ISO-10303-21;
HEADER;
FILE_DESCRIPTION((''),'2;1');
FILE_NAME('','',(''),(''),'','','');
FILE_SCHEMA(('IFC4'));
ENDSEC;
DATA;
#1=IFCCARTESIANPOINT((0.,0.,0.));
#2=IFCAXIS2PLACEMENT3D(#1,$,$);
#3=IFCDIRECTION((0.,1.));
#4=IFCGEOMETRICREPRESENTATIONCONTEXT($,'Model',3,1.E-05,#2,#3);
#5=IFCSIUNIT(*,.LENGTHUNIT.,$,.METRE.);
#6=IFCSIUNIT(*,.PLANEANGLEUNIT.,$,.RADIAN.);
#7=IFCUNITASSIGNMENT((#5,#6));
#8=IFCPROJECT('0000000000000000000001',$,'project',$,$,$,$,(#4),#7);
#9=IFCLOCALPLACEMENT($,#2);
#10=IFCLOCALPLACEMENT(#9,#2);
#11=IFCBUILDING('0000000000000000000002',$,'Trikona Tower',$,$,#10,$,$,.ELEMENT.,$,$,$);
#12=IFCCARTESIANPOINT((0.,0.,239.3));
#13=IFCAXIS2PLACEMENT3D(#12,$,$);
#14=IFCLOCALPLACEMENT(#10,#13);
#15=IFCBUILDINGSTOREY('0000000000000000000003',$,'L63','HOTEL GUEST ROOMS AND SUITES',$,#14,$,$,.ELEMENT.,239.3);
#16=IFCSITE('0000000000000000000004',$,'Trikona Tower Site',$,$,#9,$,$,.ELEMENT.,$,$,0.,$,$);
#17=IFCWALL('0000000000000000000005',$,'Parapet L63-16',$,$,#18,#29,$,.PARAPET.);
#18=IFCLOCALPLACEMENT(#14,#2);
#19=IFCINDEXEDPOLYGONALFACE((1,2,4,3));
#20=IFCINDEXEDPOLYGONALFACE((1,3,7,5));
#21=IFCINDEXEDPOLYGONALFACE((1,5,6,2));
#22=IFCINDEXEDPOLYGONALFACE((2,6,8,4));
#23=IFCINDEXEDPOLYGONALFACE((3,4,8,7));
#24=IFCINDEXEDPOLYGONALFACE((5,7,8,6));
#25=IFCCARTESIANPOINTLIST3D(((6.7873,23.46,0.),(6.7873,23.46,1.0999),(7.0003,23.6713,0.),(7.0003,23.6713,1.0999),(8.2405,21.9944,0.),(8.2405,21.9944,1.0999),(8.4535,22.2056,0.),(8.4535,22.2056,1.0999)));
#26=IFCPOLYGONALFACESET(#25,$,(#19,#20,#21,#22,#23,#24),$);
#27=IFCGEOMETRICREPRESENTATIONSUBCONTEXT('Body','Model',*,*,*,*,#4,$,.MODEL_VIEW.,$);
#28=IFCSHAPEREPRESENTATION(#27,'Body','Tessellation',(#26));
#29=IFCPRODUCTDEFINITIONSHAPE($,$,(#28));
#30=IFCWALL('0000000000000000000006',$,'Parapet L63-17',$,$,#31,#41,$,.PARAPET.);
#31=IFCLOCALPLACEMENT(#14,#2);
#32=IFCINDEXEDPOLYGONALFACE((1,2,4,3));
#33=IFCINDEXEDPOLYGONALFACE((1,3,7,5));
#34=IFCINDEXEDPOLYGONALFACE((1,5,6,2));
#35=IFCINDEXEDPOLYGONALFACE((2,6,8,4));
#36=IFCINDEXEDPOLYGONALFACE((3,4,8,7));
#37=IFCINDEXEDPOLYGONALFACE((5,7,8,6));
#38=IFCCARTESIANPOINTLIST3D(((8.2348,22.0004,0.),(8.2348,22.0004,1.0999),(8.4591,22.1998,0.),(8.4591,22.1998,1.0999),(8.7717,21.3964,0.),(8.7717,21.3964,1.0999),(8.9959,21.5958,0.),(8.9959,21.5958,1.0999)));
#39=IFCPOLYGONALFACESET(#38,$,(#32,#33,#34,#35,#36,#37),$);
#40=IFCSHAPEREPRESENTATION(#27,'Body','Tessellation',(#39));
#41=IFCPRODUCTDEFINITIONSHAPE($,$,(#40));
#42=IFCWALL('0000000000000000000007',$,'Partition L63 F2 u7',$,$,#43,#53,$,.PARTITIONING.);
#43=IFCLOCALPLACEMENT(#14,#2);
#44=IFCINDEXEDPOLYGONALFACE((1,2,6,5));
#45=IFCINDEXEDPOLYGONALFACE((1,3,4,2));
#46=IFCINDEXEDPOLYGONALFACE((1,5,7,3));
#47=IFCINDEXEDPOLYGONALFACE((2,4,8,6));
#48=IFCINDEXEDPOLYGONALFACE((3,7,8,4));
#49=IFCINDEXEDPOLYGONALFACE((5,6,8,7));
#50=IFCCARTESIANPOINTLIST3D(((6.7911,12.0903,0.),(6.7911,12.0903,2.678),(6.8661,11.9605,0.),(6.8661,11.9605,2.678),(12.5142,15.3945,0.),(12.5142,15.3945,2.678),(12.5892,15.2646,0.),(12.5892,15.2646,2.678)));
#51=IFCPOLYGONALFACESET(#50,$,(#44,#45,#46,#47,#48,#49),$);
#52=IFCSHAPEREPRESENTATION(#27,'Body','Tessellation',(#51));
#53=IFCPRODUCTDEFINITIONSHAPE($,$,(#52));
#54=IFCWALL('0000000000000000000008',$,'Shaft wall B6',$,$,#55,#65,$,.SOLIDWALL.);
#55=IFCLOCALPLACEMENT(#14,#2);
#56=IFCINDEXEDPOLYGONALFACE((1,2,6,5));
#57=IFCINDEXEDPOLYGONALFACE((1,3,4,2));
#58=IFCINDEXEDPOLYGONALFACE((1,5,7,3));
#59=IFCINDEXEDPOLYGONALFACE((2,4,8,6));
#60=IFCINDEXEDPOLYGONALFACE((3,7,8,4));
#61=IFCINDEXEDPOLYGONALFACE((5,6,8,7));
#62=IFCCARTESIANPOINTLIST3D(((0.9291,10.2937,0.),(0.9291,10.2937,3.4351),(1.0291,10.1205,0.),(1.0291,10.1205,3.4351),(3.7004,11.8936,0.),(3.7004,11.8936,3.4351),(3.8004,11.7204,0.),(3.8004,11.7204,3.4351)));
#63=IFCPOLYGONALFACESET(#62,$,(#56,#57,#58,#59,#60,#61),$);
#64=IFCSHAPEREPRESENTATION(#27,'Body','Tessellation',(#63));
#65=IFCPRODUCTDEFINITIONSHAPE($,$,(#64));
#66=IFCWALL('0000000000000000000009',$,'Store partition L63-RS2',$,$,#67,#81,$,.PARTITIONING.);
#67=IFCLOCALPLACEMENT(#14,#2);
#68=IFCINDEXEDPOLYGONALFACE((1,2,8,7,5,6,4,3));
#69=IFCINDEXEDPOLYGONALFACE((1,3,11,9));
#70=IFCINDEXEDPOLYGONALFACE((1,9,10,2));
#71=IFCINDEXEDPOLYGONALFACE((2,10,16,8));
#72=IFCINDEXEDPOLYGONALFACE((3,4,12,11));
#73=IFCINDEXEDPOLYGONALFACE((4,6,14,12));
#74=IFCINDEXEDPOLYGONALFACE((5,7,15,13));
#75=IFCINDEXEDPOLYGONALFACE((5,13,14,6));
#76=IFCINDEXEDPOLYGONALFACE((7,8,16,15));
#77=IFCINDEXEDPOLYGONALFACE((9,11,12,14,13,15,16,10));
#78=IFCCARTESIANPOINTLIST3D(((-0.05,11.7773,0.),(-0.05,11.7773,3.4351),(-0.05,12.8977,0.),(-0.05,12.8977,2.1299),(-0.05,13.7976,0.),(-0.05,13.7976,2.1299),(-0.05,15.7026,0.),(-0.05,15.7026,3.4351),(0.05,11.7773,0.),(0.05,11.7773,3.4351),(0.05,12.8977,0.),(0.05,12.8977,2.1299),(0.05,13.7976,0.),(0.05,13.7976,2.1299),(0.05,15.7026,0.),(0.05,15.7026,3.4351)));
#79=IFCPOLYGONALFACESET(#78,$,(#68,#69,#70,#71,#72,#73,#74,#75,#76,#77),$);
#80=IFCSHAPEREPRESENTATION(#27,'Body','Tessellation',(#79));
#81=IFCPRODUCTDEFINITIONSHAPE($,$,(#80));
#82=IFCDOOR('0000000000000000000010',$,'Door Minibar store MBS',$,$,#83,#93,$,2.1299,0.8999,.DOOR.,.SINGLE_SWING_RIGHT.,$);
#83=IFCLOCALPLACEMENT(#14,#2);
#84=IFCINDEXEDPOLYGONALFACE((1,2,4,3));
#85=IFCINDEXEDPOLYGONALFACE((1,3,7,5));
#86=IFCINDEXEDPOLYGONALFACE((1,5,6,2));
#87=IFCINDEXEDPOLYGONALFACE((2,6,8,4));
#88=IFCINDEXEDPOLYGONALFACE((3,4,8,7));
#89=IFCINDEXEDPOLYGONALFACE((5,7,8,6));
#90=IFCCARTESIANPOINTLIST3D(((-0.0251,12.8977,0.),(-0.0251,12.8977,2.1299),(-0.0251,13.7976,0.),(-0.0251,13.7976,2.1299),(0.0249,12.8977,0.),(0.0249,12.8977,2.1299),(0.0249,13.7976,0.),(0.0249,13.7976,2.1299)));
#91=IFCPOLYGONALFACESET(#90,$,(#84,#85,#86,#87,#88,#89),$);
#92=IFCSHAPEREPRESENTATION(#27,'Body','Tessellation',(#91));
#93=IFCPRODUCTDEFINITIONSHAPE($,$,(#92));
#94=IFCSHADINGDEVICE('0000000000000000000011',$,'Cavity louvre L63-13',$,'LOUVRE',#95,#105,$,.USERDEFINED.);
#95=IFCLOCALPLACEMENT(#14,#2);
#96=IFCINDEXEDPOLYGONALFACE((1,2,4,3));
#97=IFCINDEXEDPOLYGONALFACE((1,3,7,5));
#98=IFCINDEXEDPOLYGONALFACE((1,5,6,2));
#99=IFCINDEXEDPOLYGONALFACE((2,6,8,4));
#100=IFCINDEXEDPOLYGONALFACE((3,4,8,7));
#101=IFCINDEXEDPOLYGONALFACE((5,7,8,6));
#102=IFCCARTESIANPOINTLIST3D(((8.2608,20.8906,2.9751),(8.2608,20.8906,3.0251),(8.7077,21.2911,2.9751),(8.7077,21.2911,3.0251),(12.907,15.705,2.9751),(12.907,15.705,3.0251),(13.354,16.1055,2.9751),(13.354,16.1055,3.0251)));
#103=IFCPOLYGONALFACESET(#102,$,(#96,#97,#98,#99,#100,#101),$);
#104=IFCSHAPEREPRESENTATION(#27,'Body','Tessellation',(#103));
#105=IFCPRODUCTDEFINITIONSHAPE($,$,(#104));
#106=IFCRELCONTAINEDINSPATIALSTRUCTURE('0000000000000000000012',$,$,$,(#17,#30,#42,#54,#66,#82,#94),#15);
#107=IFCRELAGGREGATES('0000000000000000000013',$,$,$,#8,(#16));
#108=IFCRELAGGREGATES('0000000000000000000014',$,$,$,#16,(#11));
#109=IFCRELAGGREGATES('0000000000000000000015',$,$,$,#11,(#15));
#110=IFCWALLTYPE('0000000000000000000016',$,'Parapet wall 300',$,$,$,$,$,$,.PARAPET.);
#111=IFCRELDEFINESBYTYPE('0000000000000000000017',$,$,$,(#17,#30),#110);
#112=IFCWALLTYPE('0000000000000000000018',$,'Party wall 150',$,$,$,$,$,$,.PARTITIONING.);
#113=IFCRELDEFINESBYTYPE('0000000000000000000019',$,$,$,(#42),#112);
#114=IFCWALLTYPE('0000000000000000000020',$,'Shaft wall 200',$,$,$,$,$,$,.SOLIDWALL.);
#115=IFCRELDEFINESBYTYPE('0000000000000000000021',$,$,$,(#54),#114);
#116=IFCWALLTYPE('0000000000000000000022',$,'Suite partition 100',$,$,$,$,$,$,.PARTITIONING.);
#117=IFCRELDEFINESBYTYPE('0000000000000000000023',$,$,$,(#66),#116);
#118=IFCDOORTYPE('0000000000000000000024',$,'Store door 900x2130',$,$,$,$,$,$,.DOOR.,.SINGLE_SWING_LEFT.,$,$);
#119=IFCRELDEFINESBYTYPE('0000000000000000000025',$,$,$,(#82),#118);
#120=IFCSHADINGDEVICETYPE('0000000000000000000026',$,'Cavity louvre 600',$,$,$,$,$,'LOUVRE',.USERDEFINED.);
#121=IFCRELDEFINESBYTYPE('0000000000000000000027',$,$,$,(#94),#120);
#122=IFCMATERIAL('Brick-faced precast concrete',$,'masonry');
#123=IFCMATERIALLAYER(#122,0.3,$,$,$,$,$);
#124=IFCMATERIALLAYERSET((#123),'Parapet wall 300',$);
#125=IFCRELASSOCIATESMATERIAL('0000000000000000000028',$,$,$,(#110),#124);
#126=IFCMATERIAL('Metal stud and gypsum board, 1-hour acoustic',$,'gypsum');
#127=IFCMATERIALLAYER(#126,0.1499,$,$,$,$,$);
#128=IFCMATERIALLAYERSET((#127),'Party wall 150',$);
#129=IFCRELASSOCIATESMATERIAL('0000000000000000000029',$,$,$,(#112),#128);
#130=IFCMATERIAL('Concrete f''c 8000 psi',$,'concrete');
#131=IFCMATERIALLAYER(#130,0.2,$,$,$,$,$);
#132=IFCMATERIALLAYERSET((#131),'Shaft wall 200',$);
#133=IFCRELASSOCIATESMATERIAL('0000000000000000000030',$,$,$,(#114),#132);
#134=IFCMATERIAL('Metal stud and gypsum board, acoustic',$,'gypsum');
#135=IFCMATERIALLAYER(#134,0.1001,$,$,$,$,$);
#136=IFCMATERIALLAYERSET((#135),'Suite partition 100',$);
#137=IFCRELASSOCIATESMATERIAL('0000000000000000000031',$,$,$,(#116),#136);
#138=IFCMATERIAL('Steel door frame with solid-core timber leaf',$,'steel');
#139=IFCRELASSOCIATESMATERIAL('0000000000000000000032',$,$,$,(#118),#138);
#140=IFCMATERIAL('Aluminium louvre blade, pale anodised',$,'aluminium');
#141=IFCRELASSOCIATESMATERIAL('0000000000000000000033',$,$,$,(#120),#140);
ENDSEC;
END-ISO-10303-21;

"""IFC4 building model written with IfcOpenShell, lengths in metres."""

from ifc_helpers import new_model, si_unit, direction, frame, frame_2d, origin, origin_2d, place, context, subcontext, project, spatial, rectangle, extrude, material, layer, layer_set, type_object, element, fill, save


model = new_model("IFC4")

# Units and contexts
model_context = context("Model", 3, precision=1e-05, world=origin(), true_north=direction((0.0, 1.0)))
body_context = subcontext(model_context, "Body", "Model", "MODEL_VIEW")
ifc_project = project(units=[si_unit("LENGTHUNIT", "METRE"), si_unit("PLANEANGLEUNIT", "RADIAN")], contexts=[model_context])

# Site, building, storey
site_placement = place(None, origin())
site = spatial("IfcSite", under=ifc_project, at=site_placement, Name="Trikona Tower Site", CompositionType="ELEMENT", RefElevation=0.0)
building_placement = place(site_placement, origin())
building = spatial("IfcBuilding", under=site, at=building_placement, Name="Trikona Tower", CompositionType="ELEMENT")
storey_placement = place(building_placement, frame((0.0, 0.0, 239.3)))
storey = spatial("IfcBuildingStorey", under=building, at=storey_placement, Name="L63", Description="HOTEL GUEST ROOMS AND SUITES", CompositionType="ELEMENT", Elevation=239.3)

# Walls
ifc_material_1 = material(Name="Brick-faced precast concrete", Category="masonry")
ifc_layer_1 = layer(ifc_material_1, 0.3)
ifc_layer_set_1 = layer_set([ifc_layer_1], Name="Parapet wall 300")
wall_type_1 = type_object("IfcWallType", Name="Parapet wall 300", PredefinedType="PARAPET", material=ifc_layer_set_1)
wall_1_placement = place(storey_placement, frame((6.8938, 23.5657, 0.0), z_axis=(0.0, 0.0, 1.0), x_axis=(0.704084, -0.710117, 0.0)))
element("IfcWall", 1, at=wall_1_placement, inside=storey, type_object=wall_type_1, Name="Parapet L63-16", PredefinedType="PARAPET", context=body_context, shape_type="SweptSolid", body=[
    extrude(rectangle(XDim=2.064, YDim=0.3, at=frame_2d((1.032, 0.0))), origin(), (0.0, 0.0, 1.0), 1.0999),
])
wall_2_placement = place(storey_placement, frame((8.3469, 22.1001, 0.0), z_axis=(0.0, 0.0, 1.0), x_axis=(0.664345, -0.747426, 0.0)))
element("IfcWall", 2, at=wall_2_placement, inside=storey, type_object=wall_type_1, Name="Parapet L63-17", PredefinedType="PARAPET", context=body_context, shape_type="SweptSolid", body=[
    extrude(rectangle(XDim=0.8081, YDim=0.3, at=frame_2d((0.4041, 0.0))), origin(), (0.0, 0.0, 1.0), 1.0999),
])
ifc_material_2 = material(Name="Metal stud and gypsum board, 1-hour acoustic", Category="gypsum")
ifc_layer_2 = layer(ifc_material_2, 0.1499)
ifc_layer_set_2 = layer_set([ifc_layer_2], Name="Party wall 150")
wall_type_2 = type_object("IfcWallType", Name="Party wall 150", PredefinedType="PARTITIONING", material=ifc_layer_set_2)
wall_3_placement = place(storey_placement, frame((6.8286, 12.0254, 0.0), z_axis=(0.0, 0.0, 1.0), x_axis=(0.866029, 0.499993, 0.0)))
element("IfcWall", 3, at=wall_3_placement, inside=storey, type_object=wall_type_2, Name="Partition L63 F2 u7", PredefinedType="PARTITIONING", context=body_context, shape_type="SweptSolid", body=[
    extrude(rectangle(XDim=6.6084, YDim=0.1499, at=frame_2d((3.3042, 0.0))), origin(), (0.0, 0.0, 1.0), 2.678),
])
ifc_material_3 = material(Name="Concrete f'c 8000 psi", Category="concrete")
ifc_layer_3 = layer(ifc_material_3, 0.2)
ifc_layer_set_3 = layer_set([ifc_layer_3], Name="Shaft wall 200")
wall_type_3 = type_object("IfcWallType", Name="Shaft wall 200", PredefinedType="SOLIDWALL", material=ifc_layer_set_3)
wall_4_placement = place(storey_placement, frame((0.979, 10.207, 0.0), z_axis=(0.0, 0.0, 1.0), x_axis=(0.866042, 0.499971, 0.0)))
element("IfcWall", 4, at=wall_4_placement, inside=storey, type_object=wall_type_3, Name="Shaft wall B6", PredefinedType="SOLIDWALL", context=body_context, shape_type="SweptSolid", body=[
    extrude(rectangle(XDim=3.2, YDim=0.2, at=frame_2d((1.6001, 0.0))), origin(), (0.0, 0.0, 1.0), 3.4351),
])

# Wall, opening, door
ifc_material_4 = material(Name="Metal stud and gypsum board, acoustic", Category="gypsum")
ifc_layer_4 = layer(ifc_material_4, 0.1001)
ifc_layer_set_4 = layer_set([ifc_layer_4], Name="Suite partition 100")
wall_type_4 = type_object("IfcWallType", Name="Suite partition 100", PredefinedType="PARTITIONING", material=ifc_layer_set_4)
wall_5_placement = place(storey_placement, frame((0.0, 15.7026, 0.0), z_axis=(0.0, 0.0, 1.0), x_axis=(0.0, -1.0, 0.0)))
wall_5 = element("IfcWall", 5, at=wall_5_placement, inside=storey, type_object=wall_type_4, Name="Store partition L63-RS2", PredefinedType="PARTITIONING", context=body_context, shape_type="SweptSolid", body=[
    extrude(rectangle(XDim=3.9253, YDim=0.1001, at=frame_2d((1.9626, 0.0))), origin(), (0.0, 0.0, 1.0), 3.4351),
])
opening_1_placement = place(wall_5_placement, frame((1.905, 0.0, 0.0)))
opening_1 = element("IfcOpeningElement", 6, at=opening_1_placement, cuts=wall_5, PredefinedType="OPENING", context=body_context, shape_type="SweptSolid", body=[
    extrude(rectangle(XDim=0.8999, YDim=2.1299, at=frame_2d((0.45, 1.0649))), frame((0.0, 0.0601, 0.0), z_axis=(0.0, -1.0, 0.0), x_axis=(1.0, 0.0, 0.0)), (0.0, 0.0, 1.0), 0.1201),
])
ifc_material_5 = material(Name="Steel door frame with solid-core timber leaf", Category="steel")
door_type_1 = type_object("IfcDoorType", Name="Store door 900x2130", OperationType="SINGLE_SWING_LEFT", PredefinedType="DOOR", material=ifc_material_5)
door_1_placement = place(opening_1_placement, origin())
door_1 = element("IfcDoor", 7, at=door_1_placement, inside=storey, type_object=door_type_1, Name="Door Minibar store MBS", OperationType="SINGLE_SWING_RIGHT", OverallHeight=2.1299, OverallWidth=0.8999, PredefinedType="DOOR", context=body_context, shape_type="SweptSolid", body=[
    extrude(rectangle(XDim=0.8999, YDim=2.1299, at=frame_2d((0.45, 1.0649))), frame((0.0, 0.0249, 0.0), z_axis=(0.0, -1.0, 0.0), x_axis=(1.0, 0.0, 0.0)), (0.0, 0.0, 1.0), 0.05),
])
fill(opening_1, door_1)

# Shading device
ifc_material_6 = material(Name="Aluminium louvre blade, pale anodised", Category="aluminium")
shading_device_type = type_object("IfcShadingDeviceType", Name="Cavity louvre 600", ElementType="LOUVRE", PredefinedType="USERDEFINED", material=ifc_material_6)
shading_device_placement = place(storey_placement, frame((10.8074, 18.498, 2.9751), z_axis=(0.0, 0.0, 1.0), x_axis=(-0.667311, 0.744779, 0.0)))
element("IfcShadingDevice", 8, at=shading_device_placement, inside=storey, type_object=shading_device_type, Name="Cavity louvre L63-13", ObjectType="LOUVRE", PredefinedType="USERDEFINED", context=body_context, shape_type="SweptSolid", body=[
    extrude(rectangle(XDim=6.9626, YDim=0.6001, at=origin_2d()), origin(), (0.0, 0.0, 1.0), 0.05),
])

save(model, "model.ifc")
